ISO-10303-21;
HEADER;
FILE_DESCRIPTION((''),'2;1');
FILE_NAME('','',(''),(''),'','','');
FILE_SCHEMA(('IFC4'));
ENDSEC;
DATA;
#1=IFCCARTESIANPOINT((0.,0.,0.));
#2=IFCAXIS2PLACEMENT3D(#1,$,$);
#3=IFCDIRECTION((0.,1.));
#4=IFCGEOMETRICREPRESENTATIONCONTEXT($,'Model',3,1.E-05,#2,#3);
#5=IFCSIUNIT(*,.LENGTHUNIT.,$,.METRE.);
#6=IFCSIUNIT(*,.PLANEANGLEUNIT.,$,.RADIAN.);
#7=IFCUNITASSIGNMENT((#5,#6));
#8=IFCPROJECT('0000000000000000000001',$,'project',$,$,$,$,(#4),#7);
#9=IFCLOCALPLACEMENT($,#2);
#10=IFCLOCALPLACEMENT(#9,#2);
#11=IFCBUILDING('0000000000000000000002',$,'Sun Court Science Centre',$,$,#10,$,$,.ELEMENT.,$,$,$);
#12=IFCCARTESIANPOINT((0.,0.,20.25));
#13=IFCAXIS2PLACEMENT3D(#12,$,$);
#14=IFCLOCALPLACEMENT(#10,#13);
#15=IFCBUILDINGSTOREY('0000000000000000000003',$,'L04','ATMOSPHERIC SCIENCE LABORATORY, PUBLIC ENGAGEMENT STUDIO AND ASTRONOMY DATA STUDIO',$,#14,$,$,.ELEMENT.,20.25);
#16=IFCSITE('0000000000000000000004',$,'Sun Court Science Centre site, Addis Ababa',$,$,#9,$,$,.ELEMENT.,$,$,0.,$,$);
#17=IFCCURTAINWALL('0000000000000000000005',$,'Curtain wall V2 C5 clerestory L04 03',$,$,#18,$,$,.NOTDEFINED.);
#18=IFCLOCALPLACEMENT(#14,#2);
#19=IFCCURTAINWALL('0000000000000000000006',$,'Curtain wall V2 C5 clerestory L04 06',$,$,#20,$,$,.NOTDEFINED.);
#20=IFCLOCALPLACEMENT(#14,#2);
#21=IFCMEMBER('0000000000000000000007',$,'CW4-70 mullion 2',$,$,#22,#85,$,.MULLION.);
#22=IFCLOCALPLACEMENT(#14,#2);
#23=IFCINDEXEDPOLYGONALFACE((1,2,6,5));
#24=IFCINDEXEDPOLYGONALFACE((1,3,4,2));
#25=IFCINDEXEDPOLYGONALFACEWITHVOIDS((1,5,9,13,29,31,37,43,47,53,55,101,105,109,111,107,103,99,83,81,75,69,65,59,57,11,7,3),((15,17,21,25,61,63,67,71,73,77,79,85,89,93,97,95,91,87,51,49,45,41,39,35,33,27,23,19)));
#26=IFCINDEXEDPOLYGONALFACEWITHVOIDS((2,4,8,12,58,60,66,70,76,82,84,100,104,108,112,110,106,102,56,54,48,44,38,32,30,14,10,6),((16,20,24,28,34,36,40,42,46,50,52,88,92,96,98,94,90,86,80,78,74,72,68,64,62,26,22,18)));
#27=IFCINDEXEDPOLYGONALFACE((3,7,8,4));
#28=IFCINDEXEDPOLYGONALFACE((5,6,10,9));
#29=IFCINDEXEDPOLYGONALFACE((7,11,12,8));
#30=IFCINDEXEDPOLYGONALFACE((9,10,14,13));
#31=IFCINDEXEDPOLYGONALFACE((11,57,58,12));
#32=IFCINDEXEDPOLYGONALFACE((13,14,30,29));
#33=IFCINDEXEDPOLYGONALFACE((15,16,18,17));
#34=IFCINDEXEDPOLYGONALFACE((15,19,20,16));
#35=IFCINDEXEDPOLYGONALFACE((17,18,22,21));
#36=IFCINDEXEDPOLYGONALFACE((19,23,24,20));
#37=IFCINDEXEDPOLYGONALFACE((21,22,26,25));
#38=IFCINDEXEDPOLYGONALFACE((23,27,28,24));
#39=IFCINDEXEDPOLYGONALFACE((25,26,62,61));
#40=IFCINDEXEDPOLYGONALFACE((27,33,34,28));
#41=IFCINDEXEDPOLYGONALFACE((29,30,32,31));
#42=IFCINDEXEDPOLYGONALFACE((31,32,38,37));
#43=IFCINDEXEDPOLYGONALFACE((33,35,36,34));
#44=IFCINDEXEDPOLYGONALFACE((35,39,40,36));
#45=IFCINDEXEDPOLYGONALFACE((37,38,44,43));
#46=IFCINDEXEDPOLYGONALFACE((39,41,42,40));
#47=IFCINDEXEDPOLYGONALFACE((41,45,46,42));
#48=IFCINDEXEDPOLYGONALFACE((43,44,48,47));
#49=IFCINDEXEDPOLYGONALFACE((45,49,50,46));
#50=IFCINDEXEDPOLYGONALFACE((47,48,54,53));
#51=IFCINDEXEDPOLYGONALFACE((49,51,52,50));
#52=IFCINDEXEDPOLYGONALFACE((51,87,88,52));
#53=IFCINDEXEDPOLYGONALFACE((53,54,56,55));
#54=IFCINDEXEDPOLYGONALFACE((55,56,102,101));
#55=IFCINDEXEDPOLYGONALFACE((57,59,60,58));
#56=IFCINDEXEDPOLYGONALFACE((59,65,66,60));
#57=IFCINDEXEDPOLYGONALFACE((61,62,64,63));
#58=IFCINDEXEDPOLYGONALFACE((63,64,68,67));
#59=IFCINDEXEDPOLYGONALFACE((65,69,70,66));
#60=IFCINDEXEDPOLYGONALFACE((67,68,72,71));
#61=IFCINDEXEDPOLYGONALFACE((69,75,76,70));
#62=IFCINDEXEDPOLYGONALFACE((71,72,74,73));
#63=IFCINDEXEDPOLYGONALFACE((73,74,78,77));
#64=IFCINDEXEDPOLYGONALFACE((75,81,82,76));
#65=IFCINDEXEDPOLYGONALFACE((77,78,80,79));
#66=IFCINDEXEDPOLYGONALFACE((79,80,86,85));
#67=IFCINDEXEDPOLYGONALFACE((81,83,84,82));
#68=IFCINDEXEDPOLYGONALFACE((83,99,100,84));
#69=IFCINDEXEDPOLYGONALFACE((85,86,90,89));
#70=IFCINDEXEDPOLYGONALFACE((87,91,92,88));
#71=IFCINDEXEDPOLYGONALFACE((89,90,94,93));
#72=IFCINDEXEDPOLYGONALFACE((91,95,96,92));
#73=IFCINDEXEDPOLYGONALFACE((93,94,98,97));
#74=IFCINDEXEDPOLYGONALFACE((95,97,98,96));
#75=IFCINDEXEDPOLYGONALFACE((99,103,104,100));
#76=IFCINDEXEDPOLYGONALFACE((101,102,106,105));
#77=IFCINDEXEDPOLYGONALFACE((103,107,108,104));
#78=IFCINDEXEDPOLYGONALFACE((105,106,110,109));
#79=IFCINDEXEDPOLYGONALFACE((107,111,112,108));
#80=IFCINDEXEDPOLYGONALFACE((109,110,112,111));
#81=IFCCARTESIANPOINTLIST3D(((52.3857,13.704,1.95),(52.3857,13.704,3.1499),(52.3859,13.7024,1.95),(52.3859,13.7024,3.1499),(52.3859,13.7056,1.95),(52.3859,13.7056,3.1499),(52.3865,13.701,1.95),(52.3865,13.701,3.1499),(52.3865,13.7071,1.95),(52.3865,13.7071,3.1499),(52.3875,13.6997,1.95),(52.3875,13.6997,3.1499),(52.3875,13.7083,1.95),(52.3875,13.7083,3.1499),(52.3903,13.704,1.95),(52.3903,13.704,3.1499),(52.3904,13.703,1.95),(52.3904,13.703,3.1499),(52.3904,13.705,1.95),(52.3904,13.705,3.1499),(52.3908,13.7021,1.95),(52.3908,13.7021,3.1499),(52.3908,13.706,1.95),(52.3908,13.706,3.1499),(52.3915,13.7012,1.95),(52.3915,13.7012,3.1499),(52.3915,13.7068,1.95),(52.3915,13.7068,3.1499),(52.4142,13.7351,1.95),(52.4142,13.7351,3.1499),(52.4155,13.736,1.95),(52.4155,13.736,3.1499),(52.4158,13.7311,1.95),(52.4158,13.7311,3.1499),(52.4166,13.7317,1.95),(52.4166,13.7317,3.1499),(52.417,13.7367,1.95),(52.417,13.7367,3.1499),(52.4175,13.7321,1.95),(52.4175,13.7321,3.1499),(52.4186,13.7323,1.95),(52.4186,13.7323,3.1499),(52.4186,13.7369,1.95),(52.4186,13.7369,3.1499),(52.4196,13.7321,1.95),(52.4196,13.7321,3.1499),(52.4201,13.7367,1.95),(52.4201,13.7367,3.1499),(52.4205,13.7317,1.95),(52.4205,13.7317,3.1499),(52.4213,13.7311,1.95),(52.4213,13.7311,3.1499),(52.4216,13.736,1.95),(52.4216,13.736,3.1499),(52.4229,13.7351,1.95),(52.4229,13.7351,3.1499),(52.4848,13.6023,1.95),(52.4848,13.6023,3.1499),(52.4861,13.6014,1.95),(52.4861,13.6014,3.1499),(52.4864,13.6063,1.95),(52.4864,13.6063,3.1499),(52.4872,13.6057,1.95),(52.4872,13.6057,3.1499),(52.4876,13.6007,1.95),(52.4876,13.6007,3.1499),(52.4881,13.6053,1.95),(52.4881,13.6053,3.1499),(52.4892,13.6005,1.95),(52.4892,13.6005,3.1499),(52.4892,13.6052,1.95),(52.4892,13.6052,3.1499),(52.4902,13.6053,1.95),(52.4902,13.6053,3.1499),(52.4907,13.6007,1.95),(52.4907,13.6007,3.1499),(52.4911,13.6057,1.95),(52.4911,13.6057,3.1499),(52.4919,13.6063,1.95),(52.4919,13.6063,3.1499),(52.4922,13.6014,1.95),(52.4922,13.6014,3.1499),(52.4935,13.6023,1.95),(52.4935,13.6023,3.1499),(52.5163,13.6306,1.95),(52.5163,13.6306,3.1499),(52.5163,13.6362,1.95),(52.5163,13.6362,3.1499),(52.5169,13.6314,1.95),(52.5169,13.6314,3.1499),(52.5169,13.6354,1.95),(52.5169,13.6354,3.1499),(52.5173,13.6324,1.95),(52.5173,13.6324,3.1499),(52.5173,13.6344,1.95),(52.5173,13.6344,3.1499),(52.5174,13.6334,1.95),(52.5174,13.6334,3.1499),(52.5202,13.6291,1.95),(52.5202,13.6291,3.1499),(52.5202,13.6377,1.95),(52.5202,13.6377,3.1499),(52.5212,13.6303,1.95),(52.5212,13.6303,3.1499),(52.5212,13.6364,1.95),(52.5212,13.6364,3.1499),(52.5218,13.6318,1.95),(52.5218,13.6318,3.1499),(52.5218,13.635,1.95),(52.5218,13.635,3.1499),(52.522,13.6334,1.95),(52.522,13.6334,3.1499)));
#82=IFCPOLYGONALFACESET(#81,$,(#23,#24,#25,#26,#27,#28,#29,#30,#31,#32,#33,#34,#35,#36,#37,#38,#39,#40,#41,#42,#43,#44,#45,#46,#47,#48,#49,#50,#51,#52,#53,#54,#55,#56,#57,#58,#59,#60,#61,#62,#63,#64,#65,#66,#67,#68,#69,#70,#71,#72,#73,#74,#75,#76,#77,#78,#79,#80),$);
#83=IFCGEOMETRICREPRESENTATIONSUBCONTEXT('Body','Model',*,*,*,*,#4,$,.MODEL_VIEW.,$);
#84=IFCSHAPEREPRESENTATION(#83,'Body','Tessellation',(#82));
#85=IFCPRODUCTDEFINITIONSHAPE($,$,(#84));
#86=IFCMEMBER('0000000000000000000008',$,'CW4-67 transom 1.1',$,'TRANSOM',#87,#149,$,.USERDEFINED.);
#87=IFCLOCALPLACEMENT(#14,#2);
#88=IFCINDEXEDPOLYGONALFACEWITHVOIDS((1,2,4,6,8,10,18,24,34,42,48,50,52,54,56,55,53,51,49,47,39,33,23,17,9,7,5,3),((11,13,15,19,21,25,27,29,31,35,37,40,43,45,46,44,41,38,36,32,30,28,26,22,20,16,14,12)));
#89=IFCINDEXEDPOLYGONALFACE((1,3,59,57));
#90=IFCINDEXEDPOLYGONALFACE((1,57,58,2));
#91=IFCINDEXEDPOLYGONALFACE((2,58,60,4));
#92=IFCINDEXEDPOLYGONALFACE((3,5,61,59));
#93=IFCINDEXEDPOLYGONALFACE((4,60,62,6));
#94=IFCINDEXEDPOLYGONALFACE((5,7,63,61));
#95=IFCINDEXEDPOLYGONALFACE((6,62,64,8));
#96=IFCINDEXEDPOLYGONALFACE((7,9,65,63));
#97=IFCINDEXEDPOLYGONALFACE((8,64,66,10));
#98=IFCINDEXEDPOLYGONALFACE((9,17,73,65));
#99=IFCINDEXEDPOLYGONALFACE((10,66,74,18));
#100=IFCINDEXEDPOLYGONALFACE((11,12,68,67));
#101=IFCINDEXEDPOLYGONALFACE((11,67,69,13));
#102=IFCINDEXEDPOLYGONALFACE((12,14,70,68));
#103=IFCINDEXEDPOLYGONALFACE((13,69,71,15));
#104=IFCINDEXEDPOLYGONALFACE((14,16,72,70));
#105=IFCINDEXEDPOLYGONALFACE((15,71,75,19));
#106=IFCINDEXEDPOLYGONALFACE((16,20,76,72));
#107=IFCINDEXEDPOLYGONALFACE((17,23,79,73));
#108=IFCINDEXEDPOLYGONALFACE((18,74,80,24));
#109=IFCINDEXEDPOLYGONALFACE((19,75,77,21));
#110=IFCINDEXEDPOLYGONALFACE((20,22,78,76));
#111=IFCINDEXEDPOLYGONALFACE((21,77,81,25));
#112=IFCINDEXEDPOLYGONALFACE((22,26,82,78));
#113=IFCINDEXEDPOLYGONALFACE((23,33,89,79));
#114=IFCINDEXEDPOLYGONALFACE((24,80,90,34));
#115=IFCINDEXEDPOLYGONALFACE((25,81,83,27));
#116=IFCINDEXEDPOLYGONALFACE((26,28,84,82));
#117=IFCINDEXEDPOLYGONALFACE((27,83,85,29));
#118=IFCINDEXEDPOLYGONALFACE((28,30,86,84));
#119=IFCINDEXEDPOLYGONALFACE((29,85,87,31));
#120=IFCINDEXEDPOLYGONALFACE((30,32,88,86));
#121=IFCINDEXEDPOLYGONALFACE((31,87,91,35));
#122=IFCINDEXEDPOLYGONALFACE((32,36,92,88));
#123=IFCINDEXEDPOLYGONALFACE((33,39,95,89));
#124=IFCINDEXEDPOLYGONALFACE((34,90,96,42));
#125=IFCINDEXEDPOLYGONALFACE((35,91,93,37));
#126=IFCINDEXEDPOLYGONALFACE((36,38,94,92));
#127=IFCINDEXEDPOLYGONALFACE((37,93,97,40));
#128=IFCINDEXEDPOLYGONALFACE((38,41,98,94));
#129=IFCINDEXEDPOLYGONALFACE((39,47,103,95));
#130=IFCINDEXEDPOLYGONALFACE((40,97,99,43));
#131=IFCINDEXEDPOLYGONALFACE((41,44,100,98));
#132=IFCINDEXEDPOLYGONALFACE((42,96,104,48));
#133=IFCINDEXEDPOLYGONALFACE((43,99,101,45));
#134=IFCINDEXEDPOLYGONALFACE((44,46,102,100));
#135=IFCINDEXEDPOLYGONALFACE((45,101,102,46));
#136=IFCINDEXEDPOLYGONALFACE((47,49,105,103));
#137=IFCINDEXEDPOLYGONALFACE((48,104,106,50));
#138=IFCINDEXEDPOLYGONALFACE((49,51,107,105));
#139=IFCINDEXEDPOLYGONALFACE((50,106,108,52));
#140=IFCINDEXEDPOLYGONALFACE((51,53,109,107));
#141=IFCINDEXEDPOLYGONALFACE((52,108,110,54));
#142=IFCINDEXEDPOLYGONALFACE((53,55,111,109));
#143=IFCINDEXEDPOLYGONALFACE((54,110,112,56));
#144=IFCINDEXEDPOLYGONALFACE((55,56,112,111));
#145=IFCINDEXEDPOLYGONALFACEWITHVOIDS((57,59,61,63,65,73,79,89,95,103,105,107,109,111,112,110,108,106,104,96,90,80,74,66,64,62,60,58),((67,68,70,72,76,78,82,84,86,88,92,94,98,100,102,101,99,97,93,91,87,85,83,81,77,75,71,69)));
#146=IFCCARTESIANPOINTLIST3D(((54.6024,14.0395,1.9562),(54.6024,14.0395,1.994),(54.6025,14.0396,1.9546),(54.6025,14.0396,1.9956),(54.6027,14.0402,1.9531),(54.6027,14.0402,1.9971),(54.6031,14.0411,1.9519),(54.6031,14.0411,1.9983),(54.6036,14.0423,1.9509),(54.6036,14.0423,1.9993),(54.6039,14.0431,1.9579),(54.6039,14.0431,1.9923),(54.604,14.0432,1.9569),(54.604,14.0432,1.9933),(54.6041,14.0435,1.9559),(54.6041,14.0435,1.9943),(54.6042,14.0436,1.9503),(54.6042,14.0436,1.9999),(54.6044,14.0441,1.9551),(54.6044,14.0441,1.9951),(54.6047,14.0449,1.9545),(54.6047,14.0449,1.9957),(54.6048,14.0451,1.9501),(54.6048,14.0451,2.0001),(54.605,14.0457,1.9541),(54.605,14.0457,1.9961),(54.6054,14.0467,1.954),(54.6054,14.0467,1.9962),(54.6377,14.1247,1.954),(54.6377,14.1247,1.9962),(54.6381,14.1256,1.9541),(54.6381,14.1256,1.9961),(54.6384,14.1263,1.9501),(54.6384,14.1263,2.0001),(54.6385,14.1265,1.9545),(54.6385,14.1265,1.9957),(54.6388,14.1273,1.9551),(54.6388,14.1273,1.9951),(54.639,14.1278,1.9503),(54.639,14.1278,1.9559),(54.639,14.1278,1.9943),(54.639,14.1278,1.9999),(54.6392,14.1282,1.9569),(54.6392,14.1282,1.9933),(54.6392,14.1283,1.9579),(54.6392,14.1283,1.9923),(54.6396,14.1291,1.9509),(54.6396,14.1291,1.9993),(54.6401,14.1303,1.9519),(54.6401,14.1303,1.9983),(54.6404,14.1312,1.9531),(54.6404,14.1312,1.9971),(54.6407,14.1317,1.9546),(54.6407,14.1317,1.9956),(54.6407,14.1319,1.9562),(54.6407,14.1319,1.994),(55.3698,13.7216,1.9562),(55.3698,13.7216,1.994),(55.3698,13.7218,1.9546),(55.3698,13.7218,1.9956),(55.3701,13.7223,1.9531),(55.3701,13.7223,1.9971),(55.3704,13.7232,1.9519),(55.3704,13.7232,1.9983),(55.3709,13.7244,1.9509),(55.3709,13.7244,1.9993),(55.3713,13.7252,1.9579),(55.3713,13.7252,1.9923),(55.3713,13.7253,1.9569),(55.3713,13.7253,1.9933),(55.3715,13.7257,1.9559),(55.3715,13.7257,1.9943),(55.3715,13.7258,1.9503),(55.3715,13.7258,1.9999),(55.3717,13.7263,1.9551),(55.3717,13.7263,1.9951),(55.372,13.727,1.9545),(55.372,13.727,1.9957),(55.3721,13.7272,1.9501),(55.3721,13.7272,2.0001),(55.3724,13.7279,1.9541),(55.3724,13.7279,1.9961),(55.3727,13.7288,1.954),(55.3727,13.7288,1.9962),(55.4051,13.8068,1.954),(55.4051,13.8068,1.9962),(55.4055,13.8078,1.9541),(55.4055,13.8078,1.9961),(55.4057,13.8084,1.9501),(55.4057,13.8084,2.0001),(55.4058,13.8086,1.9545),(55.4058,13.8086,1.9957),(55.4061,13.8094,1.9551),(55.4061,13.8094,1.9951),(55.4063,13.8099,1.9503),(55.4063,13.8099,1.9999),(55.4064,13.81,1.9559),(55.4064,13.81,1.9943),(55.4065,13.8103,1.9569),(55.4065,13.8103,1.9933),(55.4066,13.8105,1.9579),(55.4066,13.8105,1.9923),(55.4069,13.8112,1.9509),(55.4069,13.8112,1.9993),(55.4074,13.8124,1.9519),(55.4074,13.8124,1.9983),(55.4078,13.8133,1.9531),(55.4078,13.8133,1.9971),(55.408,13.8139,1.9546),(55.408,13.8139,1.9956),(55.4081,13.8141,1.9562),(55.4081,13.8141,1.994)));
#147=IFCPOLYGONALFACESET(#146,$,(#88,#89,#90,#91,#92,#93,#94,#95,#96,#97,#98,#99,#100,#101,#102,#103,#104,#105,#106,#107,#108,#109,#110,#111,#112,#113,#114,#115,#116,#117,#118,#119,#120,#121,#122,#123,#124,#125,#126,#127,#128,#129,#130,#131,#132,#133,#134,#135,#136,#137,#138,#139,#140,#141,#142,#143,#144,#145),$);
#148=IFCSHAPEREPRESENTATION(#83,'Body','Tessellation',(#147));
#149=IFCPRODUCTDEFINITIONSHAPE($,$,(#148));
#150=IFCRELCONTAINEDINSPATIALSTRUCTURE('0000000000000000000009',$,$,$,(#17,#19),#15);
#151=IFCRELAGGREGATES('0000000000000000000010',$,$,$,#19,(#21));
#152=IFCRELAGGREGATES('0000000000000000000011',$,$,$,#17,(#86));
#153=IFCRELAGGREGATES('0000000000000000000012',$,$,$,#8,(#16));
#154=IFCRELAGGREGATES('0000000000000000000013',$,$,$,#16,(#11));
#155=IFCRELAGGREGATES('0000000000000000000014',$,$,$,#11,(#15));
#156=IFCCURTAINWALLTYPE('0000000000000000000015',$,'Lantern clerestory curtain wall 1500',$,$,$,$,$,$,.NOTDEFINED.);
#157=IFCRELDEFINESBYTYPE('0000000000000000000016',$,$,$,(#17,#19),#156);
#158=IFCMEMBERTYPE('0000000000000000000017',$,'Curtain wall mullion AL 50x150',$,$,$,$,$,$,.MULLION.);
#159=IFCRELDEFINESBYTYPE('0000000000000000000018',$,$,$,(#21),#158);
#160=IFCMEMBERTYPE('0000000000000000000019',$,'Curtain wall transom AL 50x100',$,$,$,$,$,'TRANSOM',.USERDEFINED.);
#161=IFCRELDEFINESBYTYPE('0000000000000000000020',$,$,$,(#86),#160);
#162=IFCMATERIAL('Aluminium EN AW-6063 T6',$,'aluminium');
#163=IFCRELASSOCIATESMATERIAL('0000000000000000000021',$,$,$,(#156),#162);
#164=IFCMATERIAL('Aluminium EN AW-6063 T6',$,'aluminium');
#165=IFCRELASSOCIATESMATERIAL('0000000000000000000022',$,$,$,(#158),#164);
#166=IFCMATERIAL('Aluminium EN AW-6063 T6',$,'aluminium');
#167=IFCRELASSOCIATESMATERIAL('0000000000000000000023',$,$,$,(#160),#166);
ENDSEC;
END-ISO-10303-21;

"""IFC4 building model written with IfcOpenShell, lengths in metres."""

from ifc_helpers import new_model, si_unit, direction, frame, origin, origin_2d, place, context, subcontext, project, spatial, hollow_rectangle, extrude, material, material_profile, profile_set, type_object, element, aggregate, save


model = new_model("IFC4")

# Units and contexts
model_context = context("Model", 3, precision=1e-05, world=origin(), true_north=direction((0.0, 1.0)))
body_context = subcontext(model_context, "Body", "Model", "MODEL_VIEW")
ifc_project = project(units=[si_unit("LENGTHUNIT", "METRE"), si_unit("PLANEANGLEUNIT", "RADIAN")], contexts=[model_context])

# Site, building, storey
site_placement = place(None, origin())
site = spatial("IfcSite", under=ifc_project, at=site_placement, Name="Sun Court Science Centre site, Addis Ababa", CompositionType="ELEMENT", RefElevation=0.0)
building_placement = place(site_placement, origin())
building = spatial("IfcBuilding", under=site, at=building_placement, Name="Sun Court Science Centre", CompositionType="ELEMENT")
storey_placement = place(building_placement, frame((0.0, 0.0, 20.25)))
storey = spatial("IfcBuildingStorey", under=building, at=storey_placement, Name="L04", Description="ATMOSPHERIC SCIENCE LABORATORY, PUBLIC ENGAGEMENT STUDIO AND ASTRONOMY DATA STUDIO", CompositionType="ELEMENT", Elevation=20.25)

# Curtain wall
ifc_material_1 = material(Name="Aluminium EN AW-6063 T6", Category="aluminium")
curtain_wall_type = type_object("IfcCurtainWallType", Name="Lantern clerestory curtain wall 1500", PredefinedType="NOTDEFINED", material=ifc_material_1)
ifc_material_2 = material(Name="Aluminium EN AW-6063 T6", Category="aluminium")
ifc_material_profile_1 = material_profile(ifc_material_2, hollow_rectangle(XDim=0.05, YDim=0.1499, WallThickness=0.0039, InnerFilletRadius=0.0039, OuterFilletRadius=0.0061, at=origin_2d()), Name="AL 50x150x4")
ifc_profile_set_1 = profile_set([ifc_material_profile_1], Name="Aluminium EN AW-6063 T6")
member_type_1 = type_object("IfcMemberType", Name="Curtain wall mullion AL 50x150", PredefinedType="MULLION", material=ifc_profile_set_1)
curtain_wall_1_placement = place(storey_placement, origin())
curtain_wall_1 = element("IfcCurtainWall", 1, at=curtain_wall_1_placement, inside=storey, type_object=curtain_wall_type, Name="Curtain wall V2 C5 clerestory L04 03", PredefinedType="NOTDEFINED")

# Curtain wall, member
curtain_wall_2_placement = place(storey_placement, origin())
curtain_wall_2 = element("IfcCurtainWall", 2, at=curtain_wall_2_placement, inside=storey, type_object=curtain_wall_type, Name="Curtain wall V2 C5 clerestory L04 06", PredefinedType="NOTDEFINED")
member_1_placement = place(storey_placement, frame((52.4539, 13.6687, 1.95), z_axis=(0.0, 0.0, 1.0), x_axis=(0.707107, 0.707107, 0.0)))
member_1 = element("IfcMember", 3, at=member_1_placement, type_object=member_type_1, Name="CW4-70 mullion 2", PredefinedType="MULLION", context=body_context, shape_type="SweptSolid", body=[
    extrude(hollow_rectangle(XDim=0.05, YDim=0.1499, WallThickness=0.0039, InnerFilletRadius=0.0039, OuterFilletRadius=0.0061, at=origin_2d()), origin(), (0.0, 0.0, 1.0), 1.2),
])
aggregate(curtain_wall_2, [member_1])

# Member
ifc_material_3 = material(Name="Aluminium EN AW-6063 T6", Category="aluminium")
ifc_material_profile_2 = material_profile(ifc_material_3, hollow_rectangle(XDim=0.05, YDim=0.1001, WallThickness=0.0039, InnerFilletRadius=0.0039, OuterFilletRadius=0.0061, at=origin_2d()), Name="AL 50x100x4")
ifc_profile_set_2 = profile_set([ifc_material_profile_2], Name="Aluminium EN AW-6063 T6")
member_type_2 = type_object("IfcMemberType", Name="Curtain wall transom AL 50x100", ElementType="TRANSOM", PredefinedType="USERDEFINED", material=ifc_profile_set_2)
member_2_placement = place(storey_placement, frame((54.6216, 14.0857, 1.9751), z_axis=(0.923866, -0.382715, 0.0), x_axis=(0.0, 0.0, 1.0)))
member_2 = element("IfcMember", 4, at=member_2_placement, type_object=member_type_2, Name="CW4-67 transom 1.1", ObjectType="TRANSOM", PredefinedType="USERDEFINED", context=body_context, shape_type="SweptSolid", body=[
    extrude(hollow_rectangle(XDim=0.05, YDim=0.1001, WallThickness=0.0039, InnerFilletRadius=0.0039, OuterFilletRadius=0.0061, at=origin_2d()), origin(), (0.0, 0.0, 1.0), 0.8306),
])

aggregate(curtain_wall_1, [member_2])

save(model, "model.ifc")
